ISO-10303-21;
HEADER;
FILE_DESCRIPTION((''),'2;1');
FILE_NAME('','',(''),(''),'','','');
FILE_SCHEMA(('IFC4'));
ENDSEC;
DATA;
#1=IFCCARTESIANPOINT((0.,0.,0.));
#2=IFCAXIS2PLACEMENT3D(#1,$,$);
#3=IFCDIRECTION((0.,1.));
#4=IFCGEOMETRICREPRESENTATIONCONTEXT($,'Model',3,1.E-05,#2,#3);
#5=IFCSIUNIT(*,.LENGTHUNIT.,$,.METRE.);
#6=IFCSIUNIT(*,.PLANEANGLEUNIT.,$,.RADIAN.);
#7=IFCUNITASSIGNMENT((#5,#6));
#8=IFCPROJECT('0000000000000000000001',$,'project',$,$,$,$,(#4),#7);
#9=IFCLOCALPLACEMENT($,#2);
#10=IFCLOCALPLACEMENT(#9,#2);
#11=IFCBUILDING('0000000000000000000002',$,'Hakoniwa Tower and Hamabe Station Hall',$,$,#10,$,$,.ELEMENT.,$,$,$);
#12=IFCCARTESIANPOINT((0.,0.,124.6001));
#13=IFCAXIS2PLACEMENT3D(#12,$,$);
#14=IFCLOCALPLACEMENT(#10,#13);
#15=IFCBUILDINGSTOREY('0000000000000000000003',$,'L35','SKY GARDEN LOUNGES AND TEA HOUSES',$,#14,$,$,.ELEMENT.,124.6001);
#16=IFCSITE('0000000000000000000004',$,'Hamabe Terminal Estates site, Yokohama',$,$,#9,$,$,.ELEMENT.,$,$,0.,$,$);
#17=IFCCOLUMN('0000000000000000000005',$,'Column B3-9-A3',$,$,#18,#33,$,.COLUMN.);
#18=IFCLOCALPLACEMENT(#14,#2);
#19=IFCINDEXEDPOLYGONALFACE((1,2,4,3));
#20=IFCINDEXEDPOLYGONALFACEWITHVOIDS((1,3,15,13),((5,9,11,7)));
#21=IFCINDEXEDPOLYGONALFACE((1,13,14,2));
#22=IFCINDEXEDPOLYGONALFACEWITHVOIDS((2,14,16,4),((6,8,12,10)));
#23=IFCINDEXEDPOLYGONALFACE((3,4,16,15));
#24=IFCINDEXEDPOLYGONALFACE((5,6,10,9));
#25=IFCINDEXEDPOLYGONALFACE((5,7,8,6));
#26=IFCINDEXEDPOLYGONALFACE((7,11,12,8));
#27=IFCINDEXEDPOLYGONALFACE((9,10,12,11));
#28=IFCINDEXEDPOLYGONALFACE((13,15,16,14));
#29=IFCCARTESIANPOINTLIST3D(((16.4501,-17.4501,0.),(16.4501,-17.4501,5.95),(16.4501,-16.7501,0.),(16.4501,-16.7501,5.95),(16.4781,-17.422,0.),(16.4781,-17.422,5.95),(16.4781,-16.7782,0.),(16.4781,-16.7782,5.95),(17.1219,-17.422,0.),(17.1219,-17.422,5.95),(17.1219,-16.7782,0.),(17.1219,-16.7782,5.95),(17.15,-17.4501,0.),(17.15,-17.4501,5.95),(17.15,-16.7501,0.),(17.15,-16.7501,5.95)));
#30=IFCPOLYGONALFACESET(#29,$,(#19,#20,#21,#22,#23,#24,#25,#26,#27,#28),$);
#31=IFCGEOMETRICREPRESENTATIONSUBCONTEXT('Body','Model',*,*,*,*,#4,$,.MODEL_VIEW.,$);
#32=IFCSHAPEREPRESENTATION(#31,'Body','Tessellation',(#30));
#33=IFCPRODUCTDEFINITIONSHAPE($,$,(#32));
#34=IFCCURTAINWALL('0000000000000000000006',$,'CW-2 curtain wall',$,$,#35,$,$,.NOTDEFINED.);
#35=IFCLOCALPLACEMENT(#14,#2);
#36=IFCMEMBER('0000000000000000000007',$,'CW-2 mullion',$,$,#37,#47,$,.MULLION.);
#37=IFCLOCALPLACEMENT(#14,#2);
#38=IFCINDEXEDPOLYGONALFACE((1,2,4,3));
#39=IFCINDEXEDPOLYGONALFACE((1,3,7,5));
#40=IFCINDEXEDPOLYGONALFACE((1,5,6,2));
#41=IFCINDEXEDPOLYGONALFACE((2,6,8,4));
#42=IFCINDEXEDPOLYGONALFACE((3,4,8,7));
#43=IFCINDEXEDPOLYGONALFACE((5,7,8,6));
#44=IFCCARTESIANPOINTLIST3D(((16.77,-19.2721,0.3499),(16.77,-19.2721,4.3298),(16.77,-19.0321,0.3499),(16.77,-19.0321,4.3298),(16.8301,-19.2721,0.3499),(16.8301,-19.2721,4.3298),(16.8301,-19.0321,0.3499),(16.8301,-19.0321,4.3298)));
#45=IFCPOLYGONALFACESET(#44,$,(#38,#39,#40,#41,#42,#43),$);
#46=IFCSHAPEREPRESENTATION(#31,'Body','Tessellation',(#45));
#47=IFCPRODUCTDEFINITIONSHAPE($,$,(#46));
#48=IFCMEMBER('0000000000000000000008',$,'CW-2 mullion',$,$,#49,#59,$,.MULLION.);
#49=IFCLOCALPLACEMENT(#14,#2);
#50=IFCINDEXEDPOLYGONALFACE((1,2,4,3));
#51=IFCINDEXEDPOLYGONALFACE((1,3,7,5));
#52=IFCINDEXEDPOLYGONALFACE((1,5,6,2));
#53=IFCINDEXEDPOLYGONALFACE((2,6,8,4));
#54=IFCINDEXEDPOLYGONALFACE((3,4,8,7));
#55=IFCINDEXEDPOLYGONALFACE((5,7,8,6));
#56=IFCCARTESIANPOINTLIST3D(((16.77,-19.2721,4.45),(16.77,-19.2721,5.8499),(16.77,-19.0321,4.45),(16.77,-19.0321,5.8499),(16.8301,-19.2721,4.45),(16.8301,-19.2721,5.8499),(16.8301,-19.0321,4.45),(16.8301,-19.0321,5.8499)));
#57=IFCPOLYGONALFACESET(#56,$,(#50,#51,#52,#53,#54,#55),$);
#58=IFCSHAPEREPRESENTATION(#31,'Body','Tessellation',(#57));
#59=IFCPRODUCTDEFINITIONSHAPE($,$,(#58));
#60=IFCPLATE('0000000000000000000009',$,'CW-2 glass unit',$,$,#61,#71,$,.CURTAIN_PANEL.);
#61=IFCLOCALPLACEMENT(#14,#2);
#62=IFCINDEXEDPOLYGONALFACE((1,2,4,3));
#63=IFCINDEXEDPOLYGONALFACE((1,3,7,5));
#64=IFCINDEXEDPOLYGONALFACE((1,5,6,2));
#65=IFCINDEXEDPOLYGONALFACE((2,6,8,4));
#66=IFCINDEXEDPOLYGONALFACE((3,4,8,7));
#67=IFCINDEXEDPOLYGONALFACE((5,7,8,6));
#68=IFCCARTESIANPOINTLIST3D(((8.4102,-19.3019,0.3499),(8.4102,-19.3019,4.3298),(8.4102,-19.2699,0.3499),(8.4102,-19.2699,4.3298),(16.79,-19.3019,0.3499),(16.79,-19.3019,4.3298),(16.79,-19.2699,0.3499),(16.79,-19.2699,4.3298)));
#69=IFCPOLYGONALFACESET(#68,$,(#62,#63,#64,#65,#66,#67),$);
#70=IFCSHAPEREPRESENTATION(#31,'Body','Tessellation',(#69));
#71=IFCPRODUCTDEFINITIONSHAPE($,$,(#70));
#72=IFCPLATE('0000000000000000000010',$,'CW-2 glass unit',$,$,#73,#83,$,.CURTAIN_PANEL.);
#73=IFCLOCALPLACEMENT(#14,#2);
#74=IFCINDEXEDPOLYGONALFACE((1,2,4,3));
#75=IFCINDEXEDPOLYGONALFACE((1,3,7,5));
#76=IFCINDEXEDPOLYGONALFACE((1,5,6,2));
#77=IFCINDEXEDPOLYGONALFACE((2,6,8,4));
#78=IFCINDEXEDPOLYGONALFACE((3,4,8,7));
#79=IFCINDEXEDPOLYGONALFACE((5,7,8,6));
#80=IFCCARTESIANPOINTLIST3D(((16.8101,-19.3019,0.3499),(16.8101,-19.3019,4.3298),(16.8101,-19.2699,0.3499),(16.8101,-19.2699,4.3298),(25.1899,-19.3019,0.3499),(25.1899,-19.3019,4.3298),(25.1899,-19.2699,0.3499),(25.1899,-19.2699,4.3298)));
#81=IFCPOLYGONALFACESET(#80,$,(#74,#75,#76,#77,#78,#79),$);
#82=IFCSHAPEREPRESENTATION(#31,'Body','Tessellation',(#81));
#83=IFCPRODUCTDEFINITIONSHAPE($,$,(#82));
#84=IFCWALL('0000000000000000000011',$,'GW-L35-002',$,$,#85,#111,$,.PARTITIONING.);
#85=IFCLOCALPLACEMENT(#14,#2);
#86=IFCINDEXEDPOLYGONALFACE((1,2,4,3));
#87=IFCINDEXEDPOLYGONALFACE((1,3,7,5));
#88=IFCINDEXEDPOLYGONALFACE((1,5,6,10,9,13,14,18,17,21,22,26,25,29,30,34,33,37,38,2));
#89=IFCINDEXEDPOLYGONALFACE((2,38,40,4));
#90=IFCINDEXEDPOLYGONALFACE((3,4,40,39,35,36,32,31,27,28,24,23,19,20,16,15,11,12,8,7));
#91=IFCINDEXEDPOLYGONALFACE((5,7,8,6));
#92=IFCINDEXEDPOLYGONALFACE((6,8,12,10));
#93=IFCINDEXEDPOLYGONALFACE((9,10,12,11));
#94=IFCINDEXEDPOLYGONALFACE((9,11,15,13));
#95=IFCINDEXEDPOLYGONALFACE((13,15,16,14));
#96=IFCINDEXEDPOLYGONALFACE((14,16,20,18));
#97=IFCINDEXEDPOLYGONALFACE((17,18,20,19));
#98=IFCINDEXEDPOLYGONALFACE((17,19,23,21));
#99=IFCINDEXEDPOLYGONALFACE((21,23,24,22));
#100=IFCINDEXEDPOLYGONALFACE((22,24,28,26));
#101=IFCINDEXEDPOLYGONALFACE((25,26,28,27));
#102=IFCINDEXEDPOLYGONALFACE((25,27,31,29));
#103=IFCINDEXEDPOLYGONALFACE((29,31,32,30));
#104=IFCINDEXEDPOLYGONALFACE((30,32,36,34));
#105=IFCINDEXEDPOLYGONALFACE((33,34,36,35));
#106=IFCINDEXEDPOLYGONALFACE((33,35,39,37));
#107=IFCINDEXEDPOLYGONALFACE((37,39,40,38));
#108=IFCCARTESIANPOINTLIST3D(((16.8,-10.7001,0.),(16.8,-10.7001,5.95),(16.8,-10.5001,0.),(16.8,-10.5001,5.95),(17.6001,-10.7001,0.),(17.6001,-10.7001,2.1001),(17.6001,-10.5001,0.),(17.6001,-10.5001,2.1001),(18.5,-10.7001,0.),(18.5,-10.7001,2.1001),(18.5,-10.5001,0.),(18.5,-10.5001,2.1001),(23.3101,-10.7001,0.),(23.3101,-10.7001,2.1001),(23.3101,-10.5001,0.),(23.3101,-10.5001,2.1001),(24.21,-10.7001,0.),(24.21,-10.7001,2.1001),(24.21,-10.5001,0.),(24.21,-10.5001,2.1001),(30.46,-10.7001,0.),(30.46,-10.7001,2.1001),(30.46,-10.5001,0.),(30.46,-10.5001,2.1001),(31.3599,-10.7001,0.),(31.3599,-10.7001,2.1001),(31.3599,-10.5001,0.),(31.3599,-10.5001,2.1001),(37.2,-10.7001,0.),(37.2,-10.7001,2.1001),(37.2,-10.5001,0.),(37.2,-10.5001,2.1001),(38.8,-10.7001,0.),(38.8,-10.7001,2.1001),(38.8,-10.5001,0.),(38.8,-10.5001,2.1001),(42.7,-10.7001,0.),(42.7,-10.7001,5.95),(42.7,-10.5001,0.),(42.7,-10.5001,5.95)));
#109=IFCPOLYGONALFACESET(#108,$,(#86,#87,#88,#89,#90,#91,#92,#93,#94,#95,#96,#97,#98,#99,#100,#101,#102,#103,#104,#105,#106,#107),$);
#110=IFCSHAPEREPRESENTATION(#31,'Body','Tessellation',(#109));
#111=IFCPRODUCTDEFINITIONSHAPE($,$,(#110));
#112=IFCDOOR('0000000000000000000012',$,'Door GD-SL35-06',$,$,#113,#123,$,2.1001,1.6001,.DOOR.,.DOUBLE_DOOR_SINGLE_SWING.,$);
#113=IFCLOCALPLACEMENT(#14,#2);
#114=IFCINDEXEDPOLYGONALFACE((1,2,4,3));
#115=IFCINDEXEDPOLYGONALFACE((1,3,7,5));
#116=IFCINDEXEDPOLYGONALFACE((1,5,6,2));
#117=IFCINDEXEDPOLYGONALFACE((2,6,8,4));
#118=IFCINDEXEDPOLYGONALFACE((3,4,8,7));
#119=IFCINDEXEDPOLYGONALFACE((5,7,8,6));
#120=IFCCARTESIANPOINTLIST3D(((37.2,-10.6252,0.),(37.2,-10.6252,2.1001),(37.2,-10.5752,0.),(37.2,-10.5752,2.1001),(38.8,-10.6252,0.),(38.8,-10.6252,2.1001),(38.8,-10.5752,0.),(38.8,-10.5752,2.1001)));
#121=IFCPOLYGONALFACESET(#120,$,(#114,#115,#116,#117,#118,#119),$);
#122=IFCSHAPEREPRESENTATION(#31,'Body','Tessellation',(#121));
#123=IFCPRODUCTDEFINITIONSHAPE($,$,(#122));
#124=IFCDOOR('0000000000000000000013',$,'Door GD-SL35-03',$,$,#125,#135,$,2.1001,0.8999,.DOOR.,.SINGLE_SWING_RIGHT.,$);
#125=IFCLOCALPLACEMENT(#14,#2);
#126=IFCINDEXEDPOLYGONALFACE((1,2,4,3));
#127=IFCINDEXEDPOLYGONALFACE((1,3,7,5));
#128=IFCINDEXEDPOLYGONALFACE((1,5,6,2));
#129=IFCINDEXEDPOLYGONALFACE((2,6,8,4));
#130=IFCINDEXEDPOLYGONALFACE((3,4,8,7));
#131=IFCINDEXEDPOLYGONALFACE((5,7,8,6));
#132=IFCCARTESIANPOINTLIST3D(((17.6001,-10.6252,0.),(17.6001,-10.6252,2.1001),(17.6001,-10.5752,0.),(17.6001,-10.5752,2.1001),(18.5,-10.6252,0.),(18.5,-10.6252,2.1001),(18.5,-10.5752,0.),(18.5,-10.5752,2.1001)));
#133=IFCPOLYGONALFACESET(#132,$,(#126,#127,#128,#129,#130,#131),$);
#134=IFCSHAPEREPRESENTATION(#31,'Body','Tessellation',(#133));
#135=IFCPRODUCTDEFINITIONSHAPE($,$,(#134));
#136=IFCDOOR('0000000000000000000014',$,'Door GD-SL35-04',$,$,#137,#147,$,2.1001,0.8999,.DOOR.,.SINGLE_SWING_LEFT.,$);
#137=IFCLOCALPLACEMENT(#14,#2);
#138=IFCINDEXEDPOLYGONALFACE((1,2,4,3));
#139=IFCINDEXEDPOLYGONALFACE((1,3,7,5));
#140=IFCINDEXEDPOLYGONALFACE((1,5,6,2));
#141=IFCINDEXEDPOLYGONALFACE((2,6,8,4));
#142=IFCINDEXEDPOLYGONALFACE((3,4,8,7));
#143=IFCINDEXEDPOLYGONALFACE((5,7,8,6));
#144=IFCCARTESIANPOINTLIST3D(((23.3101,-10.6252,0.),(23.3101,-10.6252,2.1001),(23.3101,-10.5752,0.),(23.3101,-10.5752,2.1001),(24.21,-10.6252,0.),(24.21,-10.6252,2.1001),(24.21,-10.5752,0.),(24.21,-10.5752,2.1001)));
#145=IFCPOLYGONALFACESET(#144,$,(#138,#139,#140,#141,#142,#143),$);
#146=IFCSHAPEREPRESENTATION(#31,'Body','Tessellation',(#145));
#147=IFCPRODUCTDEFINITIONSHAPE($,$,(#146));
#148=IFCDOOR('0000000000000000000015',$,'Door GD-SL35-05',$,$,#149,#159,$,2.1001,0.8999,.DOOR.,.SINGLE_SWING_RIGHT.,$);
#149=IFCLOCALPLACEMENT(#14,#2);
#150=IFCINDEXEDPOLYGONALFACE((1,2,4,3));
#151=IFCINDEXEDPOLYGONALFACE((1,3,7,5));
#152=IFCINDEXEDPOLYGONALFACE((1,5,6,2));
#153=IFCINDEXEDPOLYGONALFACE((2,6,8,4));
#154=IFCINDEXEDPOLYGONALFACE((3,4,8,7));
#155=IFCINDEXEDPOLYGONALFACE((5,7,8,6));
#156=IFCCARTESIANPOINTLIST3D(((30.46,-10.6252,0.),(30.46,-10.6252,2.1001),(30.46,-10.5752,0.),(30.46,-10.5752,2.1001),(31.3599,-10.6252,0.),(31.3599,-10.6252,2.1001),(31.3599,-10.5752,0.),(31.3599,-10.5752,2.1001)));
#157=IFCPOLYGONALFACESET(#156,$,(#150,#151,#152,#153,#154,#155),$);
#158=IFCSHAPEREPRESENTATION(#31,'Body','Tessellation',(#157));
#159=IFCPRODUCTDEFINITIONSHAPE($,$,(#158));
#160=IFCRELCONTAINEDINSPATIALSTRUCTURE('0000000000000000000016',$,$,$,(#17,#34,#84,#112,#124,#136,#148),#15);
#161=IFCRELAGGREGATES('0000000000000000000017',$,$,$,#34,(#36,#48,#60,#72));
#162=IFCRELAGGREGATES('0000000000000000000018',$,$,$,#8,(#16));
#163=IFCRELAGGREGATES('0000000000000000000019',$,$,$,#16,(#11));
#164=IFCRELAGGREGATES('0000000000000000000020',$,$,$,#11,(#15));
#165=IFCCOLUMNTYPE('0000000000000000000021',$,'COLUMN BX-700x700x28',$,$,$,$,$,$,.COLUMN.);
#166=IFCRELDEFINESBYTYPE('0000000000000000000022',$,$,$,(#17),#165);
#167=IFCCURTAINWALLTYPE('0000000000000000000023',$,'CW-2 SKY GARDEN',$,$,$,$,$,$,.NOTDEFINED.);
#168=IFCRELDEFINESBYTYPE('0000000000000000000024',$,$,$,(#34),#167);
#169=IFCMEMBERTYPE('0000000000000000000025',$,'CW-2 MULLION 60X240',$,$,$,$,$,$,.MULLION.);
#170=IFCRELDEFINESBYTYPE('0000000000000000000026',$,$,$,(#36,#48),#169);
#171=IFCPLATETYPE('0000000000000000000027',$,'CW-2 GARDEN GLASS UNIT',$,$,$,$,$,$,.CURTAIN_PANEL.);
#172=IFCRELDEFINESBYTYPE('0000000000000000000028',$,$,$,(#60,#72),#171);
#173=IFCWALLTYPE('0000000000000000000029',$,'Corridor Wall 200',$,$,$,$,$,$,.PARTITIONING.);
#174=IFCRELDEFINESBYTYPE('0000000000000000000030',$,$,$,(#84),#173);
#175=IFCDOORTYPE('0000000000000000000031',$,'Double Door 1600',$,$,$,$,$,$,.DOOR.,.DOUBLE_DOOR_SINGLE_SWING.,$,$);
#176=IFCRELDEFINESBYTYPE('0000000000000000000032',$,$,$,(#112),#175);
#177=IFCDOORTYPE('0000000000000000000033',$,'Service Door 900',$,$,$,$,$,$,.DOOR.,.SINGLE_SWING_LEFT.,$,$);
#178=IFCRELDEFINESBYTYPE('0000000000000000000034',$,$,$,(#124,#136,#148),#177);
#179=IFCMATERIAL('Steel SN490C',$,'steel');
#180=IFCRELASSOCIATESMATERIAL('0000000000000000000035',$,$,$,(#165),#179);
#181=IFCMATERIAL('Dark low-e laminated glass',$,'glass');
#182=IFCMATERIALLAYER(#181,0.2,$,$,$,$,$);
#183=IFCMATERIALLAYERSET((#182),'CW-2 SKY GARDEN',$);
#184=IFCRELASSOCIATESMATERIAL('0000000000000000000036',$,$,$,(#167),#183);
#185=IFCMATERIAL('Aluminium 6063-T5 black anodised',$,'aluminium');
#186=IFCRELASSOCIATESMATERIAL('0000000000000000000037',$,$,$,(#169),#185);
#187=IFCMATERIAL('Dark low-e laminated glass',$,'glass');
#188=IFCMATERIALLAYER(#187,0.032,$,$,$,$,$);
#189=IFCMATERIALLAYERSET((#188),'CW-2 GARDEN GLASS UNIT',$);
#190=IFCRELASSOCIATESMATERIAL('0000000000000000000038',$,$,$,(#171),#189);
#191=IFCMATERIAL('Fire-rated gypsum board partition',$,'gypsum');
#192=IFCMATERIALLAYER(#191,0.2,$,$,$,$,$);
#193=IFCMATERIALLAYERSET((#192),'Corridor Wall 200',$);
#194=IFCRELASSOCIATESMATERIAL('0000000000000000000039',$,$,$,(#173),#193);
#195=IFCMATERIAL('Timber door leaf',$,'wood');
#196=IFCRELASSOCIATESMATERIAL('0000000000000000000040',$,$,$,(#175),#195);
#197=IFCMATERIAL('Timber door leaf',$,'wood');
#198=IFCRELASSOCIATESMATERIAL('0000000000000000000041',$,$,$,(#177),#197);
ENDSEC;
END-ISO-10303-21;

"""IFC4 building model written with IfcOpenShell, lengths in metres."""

from ifc_helpers import new_model, si_unit, direction, frame, frame_2d, origin, origin_2d, place, context, subcontext, project, spatial, rectangle, hollow_rectangle, extrude, material, layer, layer_set, material_profile, profile_set, type_object, element, fill, aggregate, save


model = new_model("IFC4")

# Units and contexts
model_context = context("Model", 3, precision=1e-05, world=origin(), true_north=direction((0.0, 1.0)))
body_context = subcontext(model_context, "Body", "Model", "MODEL_VIEW")
ifc_project = project(units=[si_unit("LENGTHUNIT", "METRE"), si_unit("PLANEANGLEUNIT", "RADIAN")], contexts=[model_context])

# Site, building, storey
site_placement = place(None, origin())
site = spatial("IfcSite", under=ifc_project, at=site_placement, Name="Hamabe Terminal Estates site, Yokohama", CompositionType="ELEMENT", RefElevation=0.0)
building_placement = place(site_placement, origin())
building = spatial("IfcBuilding", under=site, at=building_placement, Name="Hakoniwa Tower and Hamabe Station Hall", CompositionType="ELEMENT")
storey_placement = place(building_placement, frame((0.0, 0.0, 124.6001)))
storey = spatial("IfcBuildingStorey", under=building, at=storey_placement, Name="L35", Description="SKY GARDEN LOUNGES AND TEA HOUSES", CompositionType="ELEMENT", Elevation=124.6001)

# Column
ifc_material_1 = material(Name="Steel SN490C", Category="steel")
ifc_material_profile_1 = material_profile(ifc_material_1, hollow_rectangle(XDim=0.7, YDim=0.7, WallThickness=0.0281, at=origin_2d()), Name="BX-700x700x28")
ifc_profile_set_1 = profile_set([ifc_material_profile_1], Name="Steel SN490C")
column_type = type_object("IfcColumnType", Name="COLUMN BX-700x700x28", PredefinedType="COLUMN", material=ifc_profile_set_1)
column_placement = place(storey_placement, frame((16.8, -17.1001, 0.0), z_axis=(0.0, 0.0, 1.0), x_axis=(1.0, 0.0, 0.0)))
element("IfcColumn", 1, at=column_placement, inside=storey, type_object=column_type, Name="Column B3-9-A3", PredefinedType="COLUMN", context=body_context, shape_type="SweptSolid", body=[
    extrude(hollow_rectangle(XDim=0.7, YDim=0.7, WallThickness=0.0281, at=origin_2d()), origin(), (0.0, 0.0, 1.0), 5.95),
])

# Curtain wall, members, plates
ifc_material_2 = material(Name="Dark low-e laminated glass", Category="glass")
ifc_layer_1 = layer(ifc_material_2, 0.2)
ifc_layer_set_1 = layer_set([ifc_layer_1], Name="CW-2 SKY GARDEN")
curtain_wall_type = type_object("IfcCurtainWallType", Name="CW-2 SKY GARDEN", PredefinedType="NOTDEFINED", material=ifc_layer_set_1)
curtain_wall_placement = place(storey_placement, origin())
curtain_wall = element("IfcCurtainWall", 2, at=curtain_wall_placement, inside=storey, type_object=curtain_wall_type, Name="CW-2 curtain wall", PredefinedType="NOTDEFINED")
ifc_material_3 = material(Name="Aluminium 6063-T5 black anodised", Category="aluminium")
ifc_material_profile_2 = material_profile(ifc_material_3, rectangle(XDim=0.0601, YDim=0.24, at=origin_2d()), Name="CW-2 MULLION 60X240")
ifc_profile_set_2 = profile_set([ifc_material_profile_2], Name="Aluminium 6063-T5 black anodised")
member_type = type_object("IfcMemberType", Name="CW-2 MULLION 60X240", PredefinedType="MULLION", material=ifc_profile_set_2)
member_1_placement = place(storey_placement, frame((16.8, -19.1521, 0.3499), z_axis=(0.0, 0.0, 1.0), x_axis=(1.0, 0.0, 0.0)))
member_1 = element("IfcMember", 3, at=member_1_placement, type_object=member_type, Name="CW-2 mullion", PredefinedType="MULLION", context=body_context, shape_type="SweptSolid", body=[
    extrude(rectangle(XDim=0.0601, YDim=0.24, at=origin_2d()), origin(), (0.0, 0.0, 1.0), 3.98),
])
member_2_placement = place(storey_placement, frame((16.8, -19.1521, 4.45), z_axis=(0.0, 0.0, 1.0), x_axis=(1.0, 0.0, 0.0)))
member_2 = element("IfcMember", 4, at=member_2_placement, type_object=member_type, Name="CW-2 mullion", PredefinedType="MULLION", context=body_context, shape_type="SweptSolid", body=[
    extrude(rectangle(XDim=0.0601, YDim=0.24, at=origin_2d()), origin(), (0.0, 0.0, 1.0), 1.3999),
])
ifc_material_4 = material(Name="Dark low-e laminated glass", Category="glass")
ifc_layer_2 = layer(ifc_material_4, 0.032)
ifc_layer_set_2 = layer_set([ifc_layer_2], Name="CW-2 GARDEN GLASS UNIT")
plate_type = type_object("IfcPlateType", Name="CW-2 GARDEN GLASS UNIT", PredefinedType="CURTAIN_PANEL", material=ifc_layer_set_2)
plate_1_placement = place(storey_placement, frame((12.6001, -19.2859, 0.3499), z_axis=(0.0, 0.0, 1.0), x_axis=(1.0, 0.0, 0.0)))
plate_1 = element("IfcPlate", 5, at=plate_1_placement, type_object=plate_type, Name="CW-2 glass unit", PredefinedType="CURTAIN_PANEL", context=body_context, shape_type="SweptSolid", body=[
    extrude(rectangle(XDim=8.3799, YDim=0.032, at=origin_2d()), origin(), (0.0, 0.0, 1.0), 3.98),
])
plate_2_placement = place(storey_placement, frame((21.0, -19.2859, 0.3499), z_axis=(0.0, 0.0, 1.0), x_axis=(1.0, 0.0, 0.0)))
plate_2 = element("IfcPlate", 6, at=plate_2_placement, type_object=plate_type, Name="CW-2 glass unit", PredefinedType="CURTAIN_PANEL", context=body_context, shape_type="SweptSolid", body=[
    extrude(rectangle(XDim=8.3799, YDim=0.032, at=origin_2d()), origin(), (0.0, 0.0, 1.0), 3.98),
])

# Wall, openings, doors
ifc_material_5 = material(Name="Fire-rated gypsum board partition", Category="gypsum")
ifc_layer_3 = layer(ifc_material_5, 0.2)
ifc_layer_set_3 = layer_set([ifc_layer_3], Name="Corridor Wall 200")
wall_type_1 = type_object("IfcWallType", Name="Corridor Wall 200", PredefinedType="PARTITIONING", material=ifc_layer_set_3)
wall_1_placement = place(storey_placement, frame((16.8, -10.6001, 0.0), z_axis=(0.0, 0.0, 1.0), x_axis=(1.0, 0.0, 0.0)))
wall_1 = element("IfcWall", 7, at=wall_1_placement, inside=storey, type_object=wall_type_1, Name="GW-L35-002", PredefinedType="PARTITIONING", context=body_context, shape_type="SweptSolid", body=[
    extrude(rectangle(XDim=25.8999, YDim=0.2, at=frame_2d((12.95, 0.0))), origin(), (0.0, 0.0, 1.0), 5.95),
])
opening_1_placement = place(wall_1_placement, frame((0.8, 0.0, 0.0)))
opening_1 = element("IfcOpeningElement", 8, at=opening_1_placement, cuts=wall_1, PredefinedType="OPENING", context=body_context, shape_type="SweptSolid", body=[
    extrude(rectangle(XDim=0.8999, YDim=2.1001, at=frame_2d((0.45, 1.05))), frame((0.0, 0.1099, 0.0), z_axis=(0.0, -1.0, 0.0), x_axis=(1.0, 0.0, 0.0)), (0.0, 0.0, 1.0), 0.22),
])
opening_2_placement = place(wall_1_placement, frame((6.51, 0.0, 0.0)))
opening_2 = element("IfcOpeningElement", 9, at=opening_2_placement, cuts=wall_1, PredefinedType="OPENING", context=body_context, shape_type="SweptSolid", body=[
    extrude(rectangle(XDim=0.8999, YDim=2.1001, at=frame_2d((0.45, 1.05))), frame((0.0, 0.1099, 0.0), z_axis=(0.0, -1.0, 0.0), x_axis=(1.0, 0.0, 0.0)), (0.0, 0.0, 1.0), 0.22),
])
opening_3_placement = place(wall_1_placement, frame((13.6599, 0.0, 0.0)))
opening_3 = element("IfcOpeningElement", 10, at=opening_3_placement, cuts=wall_1, PredefinedType="OPENING", context=body_context, shape_type="SweptSolid", body=[
    extrude(rectangle(XDim=0.8999, YDim=2.1001, at=frame_2d((0.45, 1.05))), frame((0.0, 0.1099, 0.0), z_axis=(0.0, -1.0, 0.0), x_axis=(1.0, 0.0, 0.0)), (0.0, 0.0, 1.0), 0.22),
])
opening_4_placement = place(wall_1_placement, frame((20.3999, 0.0, 0.0)))
opening_4 = element("IfcOpeningElement", 11, at=opening_4_placement, cuts=wall_1, PredefinedType="OPENING", context=body_context, shape_type="SweptSolid", body=[
    extrude(rectangle(XDim=1.6001, YDim=2.1001, at=frame_2d((0.8, 1.05))), frame((0.0, 0.1099, 0.0), z_axis=(0.0, -1.0, 0.0), x_axis=(1.0, 0.0, 0.0)), (0.0, 0.0, 1.0), 0.22),
])
ifc_material_6 = material(Name="Timber door leaf", Category="wood")
door_type_1 = type_object("IfcDoorType", Name="Double Door 1600", OperationType="DOUBLE_DOOR_SINGLE_SWING", PredefinedType="DOOR", material=ifc_material_6)
door_1_placement = place(opening_4_placement, origin())
door_1 = element("IfcDoor", 12, at=door_1_placement, inside=storey, type_object=door_type_1, Name="Door GD-SL35-06", OperationType="DOUBLE_DOOR_SINGLE_SWING", OverallHeight=2.1001, OverallWidth=1.6001, PredefinedType="DOOR", context=body_context, shape_type="SweptSolid", body=[
    extrude(rectangle(XDim=1.6001, YDim=2.1001, at=frame_2d((0.8, 1.05))), frame((0.0, 0.0249, 0.0), z_axis=(0.0, -1.0, 0.0), x_axis=(1.0, 0.0, 0.0)), (0.0, 0.0, 1.0), 0.05),
])
fill(opening_4, door_1)
ifc_material_7 = material(Name="Timber door leaf", Category="wood")
door_type_2 = type_object("IfcDoorType", Name="Service Door 900", OperationType="SINGLE_SWING_LEFT", PredefinedType="DOOR", material=ifc_material_7)
door_2_placement = place(opening_1_placement, origin())
door_2 = element("IfcDoor", 13, at=door_2_placement, inside=storey, type_object=door_type_2, Name="Door GD-SL35-03", OperationType="SINGLE_SWING_RIGHT", OverallHeight=2.1001, OverallWidth=0.8999, PredefinedType="DOOR", context=body_context, shape_type="SweptSolid", body=[
    extrude(rectangle(XDim=0.8999, YDim=2.1001, at=frame_2d((0.45, 1.05))), frame((0.0, 0.0249, 0.0), z_axis=(0.0, -1.0, 0.0), x_axis=(1.0, 0.0, 0.0)), (0.0, 0.0, 1.0), 0.05),
])
fill(opening_1, door_2)
door_3_placement = place(opening_2_placement, origin())
door_3 = element("IfcDoor", 14, at=door_3_placement, inside=storey, type_object=door_type_2, Name="Door GD-SL35-04", OperationType="SINGLE_SWING_LEFT", OverallHeight=2.1001, OverallWidth=0.8999, PredefinedType="DOOR", context=body_context, shape_type="SweptSolid", body=[
    extrude(rectangle(XDim=0.8999, YDim=2.1001, at=frame_2d((0.45, 1.05))), frame((0.0, 0.0249, 0.0), z_axis=(0.0, -1.0, 0.0), x_axis=(1.0, 0.0, 0.0)), (0.0, 0.0, 1.0), 0.05),
])
fill(opening_2, door_3)
door_4_placement = place(opening_3_placement, origin())
door_4 = element("IfcDoor", 15, at=door_4_placement, inside=storey, type_object=door_type_2, Name="Door GD-SL35-05", OperationType="SINGLE_SWING_RIGHT", OverallHeight=2.1001, OverallWidth=0.8999, PredefinedType="DOOR", context=body_context, shape_type="SweptSolid", body=[
    extrude(rectangle(XDim=0.8999, YDim=2.1001, at=frame_2d((0.45, 1.05))), frame((0.0, 0.0249, 0.0), z_axis=(0.0, -1.0, 0.0), x_axis=(1.0, 0.0, 0.0)), (0.0, 0.0, 1.0), 0.05),
])
fill(opening_3, door_4)

aggregate(curtain_wall, [member_1, member_2, plate_1, plate_2])

save(model, "model.ifc")
